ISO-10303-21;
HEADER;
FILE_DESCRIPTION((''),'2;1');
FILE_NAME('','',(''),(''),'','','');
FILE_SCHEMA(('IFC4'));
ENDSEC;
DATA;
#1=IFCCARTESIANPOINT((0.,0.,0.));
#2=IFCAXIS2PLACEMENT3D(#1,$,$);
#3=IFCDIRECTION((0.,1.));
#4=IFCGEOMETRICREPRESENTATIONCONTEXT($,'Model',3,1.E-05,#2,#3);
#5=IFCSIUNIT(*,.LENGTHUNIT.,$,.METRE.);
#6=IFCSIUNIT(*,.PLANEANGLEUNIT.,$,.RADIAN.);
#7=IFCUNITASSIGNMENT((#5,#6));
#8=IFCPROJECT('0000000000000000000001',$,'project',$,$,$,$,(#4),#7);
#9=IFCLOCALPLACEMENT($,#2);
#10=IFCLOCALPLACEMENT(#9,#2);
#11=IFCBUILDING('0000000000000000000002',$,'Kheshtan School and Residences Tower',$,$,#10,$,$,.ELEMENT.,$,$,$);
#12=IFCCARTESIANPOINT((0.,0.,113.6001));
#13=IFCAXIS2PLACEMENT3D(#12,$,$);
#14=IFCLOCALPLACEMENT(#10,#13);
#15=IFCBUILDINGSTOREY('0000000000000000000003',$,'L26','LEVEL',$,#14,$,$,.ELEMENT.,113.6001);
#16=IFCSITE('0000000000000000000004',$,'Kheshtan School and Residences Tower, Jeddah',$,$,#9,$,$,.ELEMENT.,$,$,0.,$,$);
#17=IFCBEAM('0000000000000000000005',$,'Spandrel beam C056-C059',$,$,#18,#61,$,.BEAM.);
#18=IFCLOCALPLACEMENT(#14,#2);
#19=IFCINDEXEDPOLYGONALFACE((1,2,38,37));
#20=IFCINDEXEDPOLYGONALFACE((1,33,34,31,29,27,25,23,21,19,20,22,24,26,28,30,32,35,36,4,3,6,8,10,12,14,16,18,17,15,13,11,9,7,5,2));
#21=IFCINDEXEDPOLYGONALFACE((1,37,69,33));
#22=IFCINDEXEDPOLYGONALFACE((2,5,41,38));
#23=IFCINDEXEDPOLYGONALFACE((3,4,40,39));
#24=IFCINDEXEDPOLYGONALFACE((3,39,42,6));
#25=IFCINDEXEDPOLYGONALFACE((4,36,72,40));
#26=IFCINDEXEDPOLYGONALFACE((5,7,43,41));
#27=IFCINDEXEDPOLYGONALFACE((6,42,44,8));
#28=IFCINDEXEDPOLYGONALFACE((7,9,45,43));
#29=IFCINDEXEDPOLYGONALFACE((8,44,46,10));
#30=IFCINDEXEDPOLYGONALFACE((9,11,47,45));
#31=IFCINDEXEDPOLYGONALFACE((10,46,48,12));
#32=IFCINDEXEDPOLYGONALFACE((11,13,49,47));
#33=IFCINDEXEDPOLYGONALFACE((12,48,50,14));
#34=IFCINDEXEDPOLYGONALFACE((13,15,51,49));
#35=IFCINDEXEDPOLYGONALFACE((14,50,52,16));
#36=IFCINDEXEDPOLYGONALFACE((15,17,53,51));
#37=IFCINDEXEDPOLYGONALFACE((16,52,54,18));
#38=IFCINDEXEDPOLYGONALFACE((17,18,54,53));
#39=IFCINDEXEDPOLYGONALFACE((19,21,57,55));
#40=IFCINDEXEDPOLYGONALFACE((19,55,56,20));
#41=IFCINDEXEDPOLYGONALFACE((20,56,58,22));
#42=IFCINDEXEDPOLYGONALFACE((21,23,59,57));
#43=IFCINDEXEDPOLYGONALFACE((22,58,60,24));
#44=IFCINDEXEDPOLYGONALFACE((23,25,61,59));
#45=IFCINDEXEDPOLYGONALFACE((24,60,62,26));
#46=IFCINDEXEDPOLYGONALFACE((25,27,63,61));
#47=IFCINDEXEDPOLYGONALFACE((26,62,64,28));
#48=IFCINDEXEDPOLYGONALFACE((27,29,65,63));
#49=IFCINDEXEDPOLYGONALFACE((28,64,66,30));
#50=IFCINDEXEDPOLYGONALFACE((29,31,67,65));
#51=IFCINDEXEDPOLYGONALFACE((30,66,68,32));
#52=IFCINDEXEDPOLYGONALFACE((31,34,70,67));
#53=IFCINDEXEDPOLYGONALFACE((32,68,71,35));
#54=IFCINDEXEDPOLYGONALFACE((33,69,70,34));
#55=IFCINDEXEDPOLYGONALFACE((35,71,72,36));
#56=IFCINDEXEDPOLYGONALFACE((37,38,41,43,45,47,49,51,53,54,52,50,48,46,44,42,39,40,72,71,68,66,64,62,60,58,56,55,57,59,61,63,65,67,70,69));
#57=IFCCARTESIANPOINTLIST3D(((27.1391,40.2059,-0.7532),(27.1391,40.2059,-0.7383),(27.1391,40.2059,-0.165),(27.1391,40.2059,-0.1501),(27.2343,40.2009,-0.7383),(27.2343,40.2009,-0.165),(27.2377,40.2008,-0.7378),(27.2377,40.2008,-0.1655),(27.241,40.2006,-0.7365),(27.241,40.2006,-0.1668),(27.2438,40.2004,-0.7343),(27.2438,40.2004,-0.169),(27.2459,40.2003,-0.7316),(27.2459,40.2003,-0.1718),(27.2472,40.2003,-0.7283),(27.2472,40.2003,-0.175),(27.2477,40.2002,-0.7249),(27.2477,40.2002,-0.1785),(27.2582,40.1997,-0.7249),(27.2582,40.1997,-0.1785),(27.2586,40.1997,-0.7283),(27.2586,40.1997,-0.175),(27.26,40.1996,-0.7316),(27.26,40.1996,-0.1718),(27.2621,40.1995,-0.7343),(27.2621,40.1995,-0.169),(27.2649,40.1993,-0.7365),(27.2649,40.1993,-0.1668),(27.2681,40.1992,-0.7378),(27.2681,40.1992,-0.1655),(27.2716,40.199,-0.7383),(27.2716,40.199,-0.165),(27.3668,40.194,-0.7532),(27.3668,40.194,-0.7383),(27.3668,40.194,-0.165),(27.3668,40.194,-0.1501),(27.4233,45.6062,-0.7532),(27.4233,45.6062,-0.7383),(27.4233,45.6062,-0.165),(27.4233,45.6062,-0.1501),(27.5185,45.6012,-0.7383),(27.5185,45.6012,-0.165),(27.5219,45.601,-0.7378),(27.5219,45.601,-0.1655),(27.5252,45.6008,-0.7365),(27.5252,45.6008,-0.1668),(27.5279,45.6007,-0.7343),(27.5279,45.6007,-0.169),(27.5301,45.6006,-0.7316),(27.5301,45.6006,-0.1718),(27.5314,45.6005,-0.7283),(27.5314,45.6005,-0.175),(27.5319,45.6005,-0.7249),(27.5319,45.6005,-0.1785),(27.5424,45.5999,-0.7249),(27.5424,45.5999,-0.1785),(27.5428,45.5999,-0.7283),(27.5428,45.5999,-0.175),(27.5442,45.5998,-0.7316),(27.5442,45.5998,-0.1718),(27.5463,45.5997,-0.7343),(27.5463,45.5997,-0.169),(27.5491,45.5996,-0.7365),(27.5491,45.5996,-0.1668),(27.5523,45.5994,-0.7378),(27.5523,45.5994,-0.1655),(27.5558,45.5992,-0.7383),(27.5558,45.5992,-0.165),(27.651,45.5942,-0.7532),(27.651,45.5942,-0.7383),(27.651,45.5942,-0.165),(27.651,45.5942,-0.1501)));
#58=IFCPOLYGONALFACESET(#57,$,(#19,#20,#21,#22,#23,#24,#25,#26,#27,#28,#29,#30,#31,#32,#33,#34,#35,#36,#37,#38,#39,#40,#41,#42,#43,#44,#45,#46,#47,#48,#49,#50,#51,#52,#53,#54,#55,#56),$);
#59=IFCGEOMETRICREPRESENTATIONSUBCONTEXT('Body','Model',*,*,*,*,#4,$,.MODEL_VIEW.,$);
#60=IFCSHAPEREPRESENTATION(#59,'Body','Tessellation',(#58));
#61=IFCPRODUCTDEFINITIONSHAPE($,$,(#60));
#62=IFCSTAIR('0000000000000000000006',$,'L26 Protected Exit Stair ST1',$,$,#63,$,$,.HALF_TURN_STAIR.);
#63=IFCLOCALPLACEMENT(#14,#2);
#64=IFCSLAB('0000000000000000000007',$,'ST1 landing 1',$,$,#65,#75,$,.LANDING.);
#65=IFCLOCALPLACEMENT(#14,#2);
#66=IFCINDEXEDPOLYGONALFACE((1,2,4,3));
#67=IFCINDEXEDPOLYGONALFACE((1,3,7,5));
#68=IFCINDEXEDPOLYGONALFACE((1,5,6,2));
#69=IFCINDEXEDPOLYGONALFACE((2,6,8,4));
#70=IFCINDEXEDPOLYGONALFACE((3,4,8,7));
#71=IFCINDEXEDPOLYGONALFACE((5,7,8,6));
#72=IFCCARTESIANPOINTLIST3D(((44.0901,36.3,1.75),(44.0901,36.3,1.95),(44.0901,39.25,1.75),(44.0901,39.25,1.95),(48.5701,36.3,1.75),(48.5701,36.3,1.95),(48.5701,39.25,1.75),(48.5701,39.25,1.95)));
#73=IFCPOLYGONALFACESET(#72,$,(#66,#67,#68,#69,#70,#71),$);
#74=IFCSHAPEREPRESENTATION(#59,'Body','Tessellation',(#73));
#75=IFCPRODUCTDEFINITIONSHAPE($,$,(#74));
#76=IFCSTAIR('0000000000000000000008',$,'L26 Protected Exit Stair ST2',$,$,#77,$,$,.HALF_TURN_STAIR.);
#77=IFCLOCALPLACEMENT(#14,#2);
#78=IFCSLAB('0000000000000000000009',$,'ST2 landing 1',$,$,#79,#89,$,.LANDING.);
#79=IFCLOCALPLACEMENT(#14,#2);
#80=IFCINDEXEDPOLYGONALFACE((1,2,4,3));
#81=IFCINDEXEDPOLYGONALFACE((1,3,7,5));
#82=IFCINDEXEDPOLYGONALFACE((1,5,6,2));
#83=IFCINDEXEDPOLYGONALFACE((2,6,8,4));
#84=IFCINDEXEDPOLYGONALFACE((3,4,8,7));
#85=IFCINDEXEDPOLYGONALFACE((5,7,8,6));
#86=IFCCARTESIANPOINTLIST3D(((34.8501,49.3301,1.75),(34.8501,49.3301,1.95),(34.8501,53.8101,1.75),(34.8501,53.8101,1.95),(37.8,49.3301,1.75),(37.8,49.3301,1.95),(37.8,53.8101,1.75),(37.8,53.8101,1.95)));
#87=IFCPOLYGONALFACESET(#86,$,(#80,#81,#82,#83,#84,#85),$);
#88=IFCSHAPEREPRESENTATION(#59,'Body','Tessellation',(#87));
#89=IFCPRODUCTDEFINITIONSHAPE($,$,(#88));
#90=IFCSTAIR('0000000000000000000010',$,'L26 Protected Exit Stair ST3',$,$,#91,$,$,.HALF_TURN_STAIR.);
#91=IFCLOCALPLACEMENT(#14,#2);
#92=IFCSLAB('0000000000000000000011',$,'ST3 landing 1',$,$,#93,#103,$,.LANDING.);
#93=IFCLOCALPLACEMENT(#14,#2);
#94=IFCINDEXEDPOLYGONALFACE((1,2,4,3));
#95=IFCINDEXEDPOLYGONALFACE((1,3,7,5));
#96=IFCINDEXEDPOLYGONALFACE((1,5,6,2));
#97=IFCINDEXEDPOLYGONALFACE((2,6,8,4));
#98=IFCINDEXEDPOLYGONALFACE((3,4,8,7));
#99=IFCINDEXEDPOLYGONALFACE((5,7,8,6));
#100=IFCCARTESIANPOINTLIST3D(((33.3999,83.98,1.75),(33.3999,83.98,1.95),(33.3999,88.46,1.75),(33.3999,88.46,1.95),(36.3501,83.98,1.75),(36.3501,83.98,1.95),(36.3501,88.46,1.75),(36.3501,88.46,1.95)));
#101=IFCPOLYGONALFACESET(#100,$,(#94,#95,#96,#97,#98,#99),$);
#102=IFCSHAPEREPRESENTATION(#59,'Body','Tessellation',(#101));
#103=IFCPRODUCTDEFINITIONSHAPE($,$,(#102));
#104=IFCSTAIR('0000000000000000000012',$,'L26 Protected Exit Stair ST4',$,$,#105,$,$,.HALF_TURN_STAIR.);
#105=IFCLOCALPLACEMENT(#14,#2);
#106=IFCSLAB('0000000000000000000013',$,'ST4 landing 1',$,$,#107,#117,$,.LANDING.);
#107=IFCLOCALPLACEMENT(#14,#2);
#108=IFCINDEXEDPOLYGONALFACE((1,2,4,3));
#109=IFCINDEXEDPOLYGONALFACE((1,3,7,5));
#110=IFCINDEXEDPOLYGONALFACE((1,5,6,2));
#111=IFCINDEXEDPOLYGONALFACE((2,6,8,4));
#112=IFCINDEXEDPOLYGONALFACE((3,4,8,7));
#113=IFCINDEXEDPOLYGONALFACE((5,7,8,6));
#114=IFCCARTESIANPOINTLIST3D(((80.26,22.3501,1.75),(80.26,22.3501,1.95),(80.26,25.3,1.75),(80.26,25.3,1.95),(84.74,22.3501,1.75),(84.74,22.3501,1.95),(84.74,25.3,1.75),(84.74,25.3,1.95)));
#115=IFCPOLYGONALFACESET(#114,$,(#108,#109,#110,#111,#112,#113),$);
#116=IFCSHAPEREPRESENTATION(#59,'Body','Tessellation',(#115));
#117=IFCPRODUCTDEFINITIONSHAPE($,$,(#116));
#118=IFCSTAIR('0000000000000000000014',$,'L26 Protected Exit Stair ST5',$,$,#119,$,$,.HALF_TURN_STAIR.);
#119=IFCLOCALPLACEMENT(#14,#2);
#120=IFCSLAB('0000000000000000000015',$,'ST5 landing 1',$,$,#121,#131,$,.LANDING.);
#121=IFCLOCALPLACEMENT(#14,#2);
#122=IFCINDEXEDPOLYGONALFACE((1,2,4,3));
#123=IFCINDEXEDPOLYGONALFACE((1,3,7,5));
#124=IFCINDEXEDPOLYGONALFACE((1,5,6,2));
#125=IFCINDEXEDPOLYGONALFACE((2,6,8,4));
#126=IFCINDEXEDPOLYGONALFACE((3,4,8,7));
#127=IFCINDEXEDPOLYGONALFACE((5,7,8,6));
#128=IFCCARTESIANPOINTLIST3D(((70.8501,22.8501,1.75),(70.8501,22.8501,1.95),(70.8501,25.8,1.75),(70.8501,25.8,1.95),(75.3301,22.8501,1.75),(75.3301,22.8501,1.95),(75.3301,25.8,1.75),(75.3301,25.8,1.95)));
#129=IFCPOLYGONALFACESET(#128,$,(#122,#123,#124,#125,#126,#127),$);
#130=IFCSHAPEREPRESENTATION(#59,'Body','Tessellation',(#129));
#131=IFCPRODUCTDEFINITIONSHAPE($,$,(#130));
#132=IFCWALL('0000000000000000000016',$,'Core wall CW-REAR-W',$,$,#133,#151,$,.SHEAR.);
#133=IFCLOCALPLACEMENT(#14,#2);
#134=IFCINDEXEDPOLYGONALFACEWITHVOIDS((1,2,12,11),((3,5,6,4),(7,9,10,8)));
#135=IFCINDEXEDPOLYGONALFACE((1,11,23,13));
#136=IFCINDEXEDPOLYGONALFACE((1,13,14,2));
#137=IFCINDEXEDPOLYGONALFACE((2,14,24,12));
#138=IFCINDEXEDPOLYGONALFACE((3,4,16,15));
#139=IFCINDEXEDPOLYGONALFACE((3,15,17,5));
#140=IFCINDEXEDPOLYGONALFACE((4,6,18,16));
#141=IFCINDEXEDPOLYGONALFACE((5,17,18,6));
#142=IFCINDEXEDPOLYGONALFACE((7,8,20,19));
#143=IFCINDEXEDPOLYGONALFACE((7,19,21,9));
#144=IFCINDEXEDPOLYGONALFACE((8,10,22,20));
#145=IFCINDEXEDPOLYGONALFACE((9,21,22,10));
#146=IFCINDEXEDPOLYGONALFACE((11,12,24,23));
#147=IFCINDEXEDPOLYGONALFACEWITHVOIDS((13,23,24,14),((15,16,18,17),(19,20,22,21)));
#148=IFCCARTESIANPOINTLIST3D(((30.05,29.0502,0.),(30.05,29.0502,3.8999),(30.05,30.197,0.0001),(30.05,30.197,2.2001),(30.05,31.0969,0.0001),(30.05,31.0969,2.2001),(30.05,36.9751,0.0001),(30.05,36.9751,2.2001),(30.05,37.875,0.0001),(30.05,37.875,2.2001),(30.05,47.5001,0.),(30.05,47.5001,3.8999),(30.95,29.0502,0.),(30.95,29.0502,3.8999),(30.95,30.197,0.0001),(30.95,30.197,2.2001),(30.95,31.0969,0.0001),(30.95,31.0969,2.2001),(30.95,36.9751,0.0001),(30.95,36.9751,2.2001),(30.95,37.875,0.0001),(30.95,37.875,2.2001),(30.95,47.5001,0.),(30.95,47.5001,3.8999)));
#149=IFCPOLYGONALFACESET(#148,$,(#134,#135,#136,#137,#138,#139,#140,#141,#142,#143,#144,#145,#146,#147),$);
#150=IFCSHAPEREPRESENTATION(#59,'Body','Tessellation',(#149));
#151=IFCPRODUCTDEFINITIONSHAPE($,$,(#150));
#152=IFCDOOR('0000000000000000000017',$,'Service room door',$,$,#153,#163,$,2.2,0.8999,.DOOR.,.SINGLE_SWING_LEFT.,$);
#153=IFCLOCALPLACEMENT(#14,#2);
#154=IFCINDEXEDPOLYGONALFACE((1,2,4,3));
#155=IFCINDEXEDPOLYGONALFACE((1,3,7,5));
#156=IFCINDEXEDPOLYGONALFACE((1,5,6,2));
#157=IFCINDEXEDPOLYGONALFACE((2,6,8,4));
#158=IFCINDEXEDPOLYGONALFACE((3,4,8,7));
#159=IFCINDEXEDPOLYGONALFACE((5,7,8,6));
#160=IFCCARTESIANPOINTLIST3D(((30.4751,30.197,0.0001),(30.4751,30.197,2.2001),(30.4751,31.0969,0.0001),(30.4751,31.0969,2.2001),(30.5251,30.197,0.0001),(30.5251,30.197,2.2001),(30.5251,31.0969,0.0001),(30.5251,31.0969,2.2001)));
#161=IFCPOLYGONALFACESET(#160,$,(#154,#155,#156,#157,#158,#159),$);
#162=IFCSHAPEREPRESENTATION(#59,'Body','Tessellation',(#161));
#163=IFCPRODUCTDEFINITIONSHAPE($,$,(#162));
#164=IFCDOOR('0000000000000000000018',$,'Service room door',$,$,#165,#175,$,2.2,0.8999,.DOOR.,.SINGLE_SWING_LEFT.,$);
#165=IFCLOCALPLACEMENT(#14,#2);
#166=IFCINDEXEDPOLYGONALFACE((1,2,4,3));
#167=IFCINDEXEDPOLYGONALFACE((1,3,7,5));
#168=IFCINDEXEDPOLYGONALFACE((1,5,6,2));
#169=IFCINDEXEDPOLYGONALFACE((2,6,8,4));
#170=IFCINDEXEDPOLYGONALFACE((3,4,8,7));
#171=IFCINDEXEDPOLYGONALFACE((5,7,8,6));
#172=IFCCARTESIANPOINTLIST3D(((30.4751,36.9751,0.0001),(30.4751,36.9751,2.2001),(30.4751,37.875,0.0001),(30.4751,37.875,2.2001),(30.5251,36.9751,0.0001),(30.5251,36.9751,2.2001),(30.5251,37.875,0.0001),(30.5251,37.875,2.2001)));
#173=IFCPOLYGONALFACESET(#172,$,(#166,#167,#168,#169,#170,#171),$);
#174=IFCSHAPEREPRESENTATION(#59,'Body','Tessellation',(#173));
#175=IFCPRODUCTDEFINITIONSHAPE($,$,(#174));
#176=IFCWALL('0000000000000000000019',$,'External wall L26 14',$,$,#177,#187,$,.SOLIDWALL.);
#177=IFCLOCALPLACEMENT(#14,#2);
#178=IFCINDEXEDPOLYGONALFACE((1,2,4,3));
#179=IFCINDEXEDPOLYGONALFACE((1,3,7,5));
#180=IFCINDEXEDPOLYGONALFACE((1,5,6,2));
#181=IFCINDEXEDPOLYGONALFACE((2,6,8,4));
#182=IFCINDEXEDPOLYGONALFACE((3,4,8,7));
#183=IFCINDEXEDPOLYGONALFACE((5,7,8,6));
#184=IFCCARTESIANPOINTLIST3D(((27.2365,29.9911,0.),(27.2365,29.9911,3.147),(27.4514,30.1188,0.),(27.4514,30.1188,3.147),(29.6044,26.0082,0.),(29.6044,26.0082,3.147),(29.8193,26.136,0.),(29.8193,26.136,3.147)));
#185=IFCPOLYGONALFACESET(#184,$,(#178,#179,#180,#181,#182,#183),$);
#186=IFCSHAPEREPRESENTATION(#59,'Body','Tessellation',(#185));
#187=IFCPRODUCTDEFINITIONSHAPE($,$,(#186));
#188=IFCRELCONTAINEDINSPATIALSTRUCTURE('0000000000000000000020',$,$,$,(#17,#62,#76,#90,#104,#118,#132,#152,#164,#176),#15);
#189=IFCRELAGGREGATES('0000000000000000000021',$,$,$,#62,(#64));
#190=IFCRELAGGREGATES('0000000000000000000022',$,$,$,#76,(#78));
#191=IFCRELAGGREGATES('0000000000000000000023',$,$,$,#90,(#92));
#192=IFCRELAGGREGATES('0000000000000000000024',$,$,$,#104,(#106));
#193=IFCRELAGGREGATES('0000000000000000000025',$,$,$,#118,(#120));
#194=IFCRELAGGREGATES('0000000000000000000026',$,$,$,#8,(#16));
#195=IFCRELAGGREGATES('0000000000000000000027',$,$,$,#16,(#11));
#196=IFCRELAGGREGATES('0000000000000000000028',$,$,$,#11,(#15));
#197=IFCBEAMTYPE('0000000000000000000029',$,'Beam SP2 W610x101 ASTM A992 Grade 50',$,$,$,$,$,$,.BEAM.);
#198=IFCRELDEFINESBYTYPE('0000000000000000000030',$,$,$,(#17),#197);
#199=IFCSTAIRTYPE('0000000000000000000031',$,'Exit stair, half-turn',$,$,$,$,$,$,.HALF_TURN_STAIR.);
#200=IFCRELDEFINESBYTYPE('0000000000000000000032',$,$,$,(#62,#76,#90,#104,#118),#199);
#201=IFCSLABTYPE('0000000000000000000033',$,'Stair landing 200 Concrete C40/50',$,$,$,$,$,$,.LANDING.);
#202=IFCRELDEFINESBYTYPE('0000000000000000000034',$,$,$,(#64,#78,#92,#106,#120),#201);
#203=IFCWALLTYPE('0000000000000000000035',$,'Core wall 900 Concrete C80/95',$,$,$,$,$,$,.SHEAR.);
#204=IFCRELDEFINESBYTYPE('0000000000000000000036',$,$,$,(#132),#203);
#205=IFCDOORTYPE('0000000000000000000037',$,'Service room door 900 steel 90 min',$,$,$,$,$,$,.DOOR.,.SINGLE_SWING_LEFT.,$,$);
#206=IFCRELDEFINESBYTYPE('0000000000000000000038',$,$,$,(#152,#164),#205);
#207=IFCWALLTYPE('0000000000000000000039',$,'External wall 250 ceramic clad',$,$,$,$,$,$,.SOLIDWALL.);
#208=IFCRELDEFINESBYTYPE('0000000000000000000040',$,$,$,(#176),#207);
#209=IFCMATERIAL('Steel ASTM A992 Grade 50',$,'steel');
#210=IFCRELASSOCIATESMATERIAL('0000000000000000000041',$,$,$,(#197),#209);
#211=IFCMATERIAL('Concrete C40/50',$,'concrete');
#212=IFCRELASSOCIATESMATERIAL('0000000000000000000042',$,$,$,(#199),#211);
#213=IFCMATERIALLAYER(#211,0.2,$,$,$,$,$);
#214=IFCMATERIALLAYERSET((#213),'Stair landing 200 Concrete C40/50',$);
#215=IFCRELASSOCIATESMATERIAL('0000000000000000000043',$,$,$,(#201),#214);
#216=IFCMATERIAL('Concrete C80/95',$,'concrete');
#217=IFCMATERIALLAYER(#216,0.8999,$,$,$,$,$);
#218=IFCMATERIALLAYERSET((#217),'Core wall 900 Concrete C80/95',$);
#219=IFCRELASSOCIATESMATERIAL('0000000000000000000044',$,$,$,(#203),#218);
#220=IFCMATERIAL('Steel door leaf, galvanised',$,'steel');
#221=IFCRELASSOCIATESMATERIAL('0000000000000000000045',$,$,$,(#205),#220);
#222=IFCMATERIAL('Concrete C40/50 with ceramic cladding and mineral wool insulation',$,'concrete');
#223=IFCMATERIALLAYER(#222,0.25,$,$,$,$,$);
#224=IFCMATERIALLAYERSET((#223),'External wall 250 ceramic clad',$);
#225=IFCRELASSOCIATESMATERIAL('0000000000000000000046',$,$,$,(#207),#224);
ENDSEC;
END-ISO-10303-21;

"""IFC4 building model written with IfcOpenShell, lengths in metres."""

from ifc_helpers import new_model, si_unit, direction, frame, frame_2d, origin, origin_2d, place, context, subcontext, project, spatial, polyline, rectangle, i_section, outline, extrude, source, transform, mapped, material, layer, layer_set, material_profile, profile_set, type_object, element, fill, aggregate, save


model = new_model("IFC4")

# Units and contexts
model_context = context("Model", 3, precision=1e-05, world=origin(), true_north=direction((0.0, 1.0)))
body_context = subcontext(model_context, "Body", "Model", "MODEL_VIEW")
ifc_project = project(units=[si_unit("LENGTHUNIT", "METRE"), si_unit("PLANEANGLEUNIT", "RADIAN")], contexts=[model_context])

# Site, building, storey
site_placement = place(None, origin())
site = spatial("IfcSite", under=ifc_project, at=site_placement, Name="Kheshtan School and Residences Tower, Jeddah", CompositionType="ELEMENT", RefElevation=0.0)
building_placement = place(site_placement, origin())
building = spatial("IfcBuilding", under=site, at=building_placement, Name="Kheshtan School and Residences Tower", CompositionType="ELEMENT")
storey_placement = place(building_placement, frame((0.0, 0.0, 113.6001)))
storey = spatial("IfcBuildingStorey", under=building, at=storey_placement, Name="L26", Description="LEVEL", CompositionType="ELEMENT", Elevation=113.6001)

# Shared definitions
ifc_material_1 = material(Name="Steel ASTM A992 Grade 50", Category="steel")

# Beam
ifc_material_profile_1 = material_profile(ifc_material_1, i_section(OverallWidth=0.228, OverallDepth=0.603, WebThickness=0.0105, FlangeThickness=0.0149, FilletRadius=0.0134, at=origin_2d()), Name="W610x101")
ifc_profile_set_1 = profile_set([ifc_material_profile_1], Name="Steel ASTM A992 Grade 50")
beam_type_1 = type_object("IfcBeamType", Name="Beam SP2 W610x101 ASTM A992 Grade 50", PredefinedType="BEAM", material=ifc_profile_set_1)
beam_1_placement = place(storey_placement, frame((27.2529, 40.2, -0.4517), z_axis=(0.052552, 0.998618, 0.0), x_axis=(-0.998618, 0.052552, 0.0)))
element("IfcBeam", 1, at=beam_1_placement, inside=storey, type_object=beam_type_1, Name="Spandrel beam C056-C059", PredefinedType="BEAM", context=body_context, shape_type="SweptSolid", body=[
    extrude(i_section(OverallWidth=0.228, OverallDepth=0.603, WebThickness=0.0105, FlangeThickness=0.0149, FilletRadius=0.0134, at=origin_2d()), origin(), (0.0, 0.0, 1.0), 5.4077),
])

# Shared definitions
ifc_material_2 = material(Name="Concrete C40/50", Category="concrete")

# Stairs, slabs
stair_type = type_object("IfcStairType", Name="Exit stair, half-turn", PredefinedType="HALF_TURN_STAIR", material=ifc_material_2)
stair_1_placement = place(storey_placement, origin())
stair_1 = element("IfcStair", 2, at=stair_1_placement, inside=storey, type_object=stair_type, Name="L26 Protected Exit Stair ST1", PredefinedType="HALF_TURN_STAIR")
ifc_layer_1 = layer(ifc_material_2, 0.2)
ifc_layer_set_1 = layer_set([ifc_layer_1], Name="Stair landing 200 Concrete C40/50")
slab_type_1 = type_object("IfcSlabType", Name="Stair landing 200 Concrete C40/50", PredefinedType="LANDING", material=ifc_layer_set_1)
slab_1_placement = place(storey_placement, frame((0.0, 0.0, 1.75)))
slab_1 = element("IfcSlab", 3, at=slab_1_placement, type_object=slab_type_1, Name="ST1 landing 1", PredefinedType="LANDING", context=body_context, shape_type="SweptSolid", body=[
    extrude(outline(polyline([(48.5701, 39.25), (44.0901, 39.25), (44.0901, 36.3), (48.5701, 36.3), (48.5701, 39.25)])), origin(), (0.0, 0.0, 1.0), 0.2),
])
aggregate(stair_1, [slab_1])
stair_2_placement = place(storey_placement, origin())
stair_2 = element("IfcStair", 4, at=stair_2_placement, inside=storey, type_object=stair_type, Name="L26 Protected Exit Stair ST2", PredefinedType="HALF_TURN_STAIR")
slab_2_placement = place(storey_placement, frame((0.0, 0.0, 1.75)))
slab_2 = element("IfcSlab", 5, at=slab_2_placement, type_object=slab_type_1, Name="ST2 landing 1", PredefinedType="LANDING", context=body_context, shape_type="SweptSolid", body=[
    extrude(outline(polyline([(37.8, 49.3301), (37.8, 53.8101), (34.8501, 53.8101), (34.8501, 49.3301), (37.8, 49.3301)])), origin(), (0.0, 0.0, 1.0), 0.2),
])
aggregate(stair_2, [slab_2])
stair_3_placement = place(storey_placement, origin())
stair_3 = element("IfcStair", 6, at=stair_3_placement, inside=storey, type_object=stair_type, Name="L26 Protected Exit Stair ST3", PredefinedType="HALF_TURN_STAIR")
slab_3_placement = place(storey_placement, frame((0.0, 0.0, 1.75)))
slab_3 = element("IfcSlab", 7, at=slab_3_placement, type_object=slab_type_1, Name="ST3 landing 1", PredefinedType="LANDING", context=body_context, shape_type="SweptSolid", body=[
    extrude(outline(polyline([(36.3501, 83.98), (36.3501, 88.46), (33.3999, 88.46), (33.3999, 83.98), (36.3501, 83.98)])), origin(), (0.0, 0.0, 1.0), 0.2),
])
aggregate(stair_3, [slab_3])
stair_4_placement = place(storey_placement, origin())
stair_4 = element("IfcStair", 8, at=stair_4_placement, inside=storey, type_object=stair_type, Name="L26 Protected Exit Stair ST4", PredefinedType="HALF_TURN_STAIR")
slab_4_placement = place(storey_placement, frame((0.0, 0.0, 1.75)))
slab_4 = element("IfcSlab", 9, at=slab_4_placement, type_object=slab_type_1, Name="ST4 landing 1", PredefinedType="LANDING", context=body_context, shape_type="SweptSolid", body=[
    extrude(outline(polyline([(84.74, 25.3), (80.26, 25.3), (80.26, 22.3501), (84.74, 22.3501), (84.74, 25.3)])), origin(), (0.0, 0.0, 1.0), 0.2),
])
aggregate(stair_4, [slab_4])
stair_5_placement = place(storey_placement, origin())
stair_5 = element("IfcStair", 10, at=stair_5_placement, inside=storey, type_object=stair_type, Name="L26 Protected Exit Stair ST5", PredefinedType="HALF_TURN_STAIR")
slab_5_placement = place(storey_placement, frame((0.0, 0.0, 1.75)))
slab_5 = element("IfcSlab", 11, at=slab_5_placement, type_object=slab_type_1, Name="ST5 landing 1", PredefinedType="LANDING", context=body_context, shape_type="SweptSolid", body=[
    extrude(outline(polyline([(75.3301, 25.8), (70.8501, 25.8), (70.8501, 22.8501), (75.3301, 22.8501), (75.3301, 25.8)])), origin(), (0.0, 0.0, 1.0), 0.2),
])
aggregate(stair_5, [slab_5])

# Wall, openings, doors
ifc_material_3 = material(Name="Concrete C80/95", Category="concrete")
ifc_layer_2 = layer(ifc_material_3, 0.8999)
ifc_layer_set_2 = layer_set([ifc_layer_2], Name="Core wall 900 Concrete C80/95")
wall_type_1 = type_object("IfcWallType", Name="Core wall 900 Concrete C80/95", PredefinedType="SHEAR", material=ifc_layer_set_2)
wall_1_placement = place(storey_placement, frame((30.5, 29.05, 0.0), z_axis=(0.0, 0.0, 1.0), x_axis=(0.0, 1.0, 0.0)))
wall_1 = element("IfcWall", 12, at=wall_1_placement, inside=storey, type_object=wall_type_1, Name="Core wall CW-REAR-W", PredefinedType="SHEAR", context=body_context, shape_type="SweptSolid", body=[
    extrude(rectangle(XDim=18.45, YDim=0.8999, at=frame_2d((9.2251, 0.0))), origin(), (0.0, 0.0, 1.0), 3.8999),
])
opening_1_placement = place(wall_1_placement, frame((1.147, 0.0, 0.0)))
opening_1 = element("IfcOpeningElement", 13, at=opening_1_placement, cuts=wall_1, PredefinedType="OPENING", context=body_context, shape_type="SweptSolid", body=[
    extrude(rectangle(XDim=0.8999, YDim=2.2, at=frame_2d((0.45, 1.1001))), frame((0.0, 0.46, 0.0), z_axis=(0.0, -1.0, 0.0), x_axis=(1.0, 0.0, 0.0)), (0.0, 0.0, 1.0), 0.9199),
])
opening_2_placement = place(wall_1_placement, frame((7.925, 0.0, 0.0)))
opening_2 = element("IfcOpeningElement", 14, at=opening_2_placement, cuts=wall_1, PredefinedType="OPENING", context=body_context, shape_type="SweptSolid", body=[
    extrude(rectangle(XDim=0.8999, YDim=2.2, at=frame_2d((0.45, 1.1001))), frame((0.0, 0.46, 0.0), z_axis=(0.0, -1.0, 0.0), x_axis=(1.0, 0.0, 0.0)), (0.0, 0.0, 1.0), 0.9199),
])
ifc_material_4 = material(Name="Steel door leaf, galvanised", Category="steel")
door_type = type_object("IfcDoorType", Name="Service room door 900 steel 90 min", OperationType="SINGLE_SWING_LEFT", PredefinedType="DOOR", material=ifc_material_4)
shared_shape = source(origin(), body_context, "Body", "SweptSolid", [
    extrude(rectangle(XDim=0.8999, YDim=2.2, at=frame_2d((0.45, 1.1001))), frame((0.0, 0.0249, 0.0), z_axis=(0.0, -1.0, 0.0), x_axis=(1.0, 0.0, 0.0)), (0.0, 0.0, 1.0), 0.05),
])
door_1_placement = place(opening_1_placement, origin())
door_1 = element("IfcDoor", 15, at=door_1_placement, inside=storey, type_object=door_type, Name="Service room door", OperationType="SINGLE_SWING_LEFT", OverallHeight=2.2, OverallWidth=0.8999, PredefinedType="DOOR", context=body_context, shape_type="MappedRepresentation", body=[
    mapped(shared_shape, transform((0.0, 0.0, 0.0), x_axis=(1.0, 0.0, 0.0), y_axis=(0.0, 1.0, 0.0), z_axis=(0.0, 0.0, 1.0), scale=1.0)),
])
fill(opening_1, door_1)
door_2_placement = place(opening_2_placement, origin())
door_2 = element("IfcDoor", 16, at=door_2_placement, inside=storey, type_object=door_type, Name="Service room door", OperationType="SINGLE_SWING_LEFT", OverallHeight=2.2, OverallWidth=0.8999, PredefinedType="DOOR", context=body_context, shape_type="MappedRepresentation", body=[
    mapped(shared_shape, transform((0.0, 0.0, 0.0), x_axis=(1.0, 0.0, 0.0), y_axis=(0.0, 1.0, 0.0), z_axis=(0.0, 0.0, 1.0), scale=1.0)),
])
fill(opening_2, door_2)

# Wall
ifc_material_5 = material(Name="Concrete C40/50 with ceramic cladding and mineral wool insulation", Category="concrete")
ifc_layer_3 = layer(ifc_material_5, 0.25)
ifc_layer_set_3 = layer_set([ifc_layer_3], Name="External wall 250 ceramic clad")
wall_type_2 = type_object("IfcWallType", Name="External wall 250 ceramic clad", PredefinedType="SOLIDWALL", material=ifc_layer_set_3)
wall_2_placement = place(storey_placement, frame((29.7119, 26.072, 0.0), z_axis=(0.0, 0.0, 1.0), x_axis=(-0.511028, 0.859564, 0.0)))
element("IfcWall", 17, at=wall_2_placement, inside=storey, type_object=wall_type_2, Name="External wall L26 14", PredefinedType="SOLIDWALL", context=body_context, shape_type="SweptSolid", body=[
    extrude(rectangle(XDim=4.6335, YDim=0.25, at=frame_2d((2.3169, 0.0))), origin(), (0.0, 0.0, 1.0), 3.147),
])

save(model, "model.ifc")
